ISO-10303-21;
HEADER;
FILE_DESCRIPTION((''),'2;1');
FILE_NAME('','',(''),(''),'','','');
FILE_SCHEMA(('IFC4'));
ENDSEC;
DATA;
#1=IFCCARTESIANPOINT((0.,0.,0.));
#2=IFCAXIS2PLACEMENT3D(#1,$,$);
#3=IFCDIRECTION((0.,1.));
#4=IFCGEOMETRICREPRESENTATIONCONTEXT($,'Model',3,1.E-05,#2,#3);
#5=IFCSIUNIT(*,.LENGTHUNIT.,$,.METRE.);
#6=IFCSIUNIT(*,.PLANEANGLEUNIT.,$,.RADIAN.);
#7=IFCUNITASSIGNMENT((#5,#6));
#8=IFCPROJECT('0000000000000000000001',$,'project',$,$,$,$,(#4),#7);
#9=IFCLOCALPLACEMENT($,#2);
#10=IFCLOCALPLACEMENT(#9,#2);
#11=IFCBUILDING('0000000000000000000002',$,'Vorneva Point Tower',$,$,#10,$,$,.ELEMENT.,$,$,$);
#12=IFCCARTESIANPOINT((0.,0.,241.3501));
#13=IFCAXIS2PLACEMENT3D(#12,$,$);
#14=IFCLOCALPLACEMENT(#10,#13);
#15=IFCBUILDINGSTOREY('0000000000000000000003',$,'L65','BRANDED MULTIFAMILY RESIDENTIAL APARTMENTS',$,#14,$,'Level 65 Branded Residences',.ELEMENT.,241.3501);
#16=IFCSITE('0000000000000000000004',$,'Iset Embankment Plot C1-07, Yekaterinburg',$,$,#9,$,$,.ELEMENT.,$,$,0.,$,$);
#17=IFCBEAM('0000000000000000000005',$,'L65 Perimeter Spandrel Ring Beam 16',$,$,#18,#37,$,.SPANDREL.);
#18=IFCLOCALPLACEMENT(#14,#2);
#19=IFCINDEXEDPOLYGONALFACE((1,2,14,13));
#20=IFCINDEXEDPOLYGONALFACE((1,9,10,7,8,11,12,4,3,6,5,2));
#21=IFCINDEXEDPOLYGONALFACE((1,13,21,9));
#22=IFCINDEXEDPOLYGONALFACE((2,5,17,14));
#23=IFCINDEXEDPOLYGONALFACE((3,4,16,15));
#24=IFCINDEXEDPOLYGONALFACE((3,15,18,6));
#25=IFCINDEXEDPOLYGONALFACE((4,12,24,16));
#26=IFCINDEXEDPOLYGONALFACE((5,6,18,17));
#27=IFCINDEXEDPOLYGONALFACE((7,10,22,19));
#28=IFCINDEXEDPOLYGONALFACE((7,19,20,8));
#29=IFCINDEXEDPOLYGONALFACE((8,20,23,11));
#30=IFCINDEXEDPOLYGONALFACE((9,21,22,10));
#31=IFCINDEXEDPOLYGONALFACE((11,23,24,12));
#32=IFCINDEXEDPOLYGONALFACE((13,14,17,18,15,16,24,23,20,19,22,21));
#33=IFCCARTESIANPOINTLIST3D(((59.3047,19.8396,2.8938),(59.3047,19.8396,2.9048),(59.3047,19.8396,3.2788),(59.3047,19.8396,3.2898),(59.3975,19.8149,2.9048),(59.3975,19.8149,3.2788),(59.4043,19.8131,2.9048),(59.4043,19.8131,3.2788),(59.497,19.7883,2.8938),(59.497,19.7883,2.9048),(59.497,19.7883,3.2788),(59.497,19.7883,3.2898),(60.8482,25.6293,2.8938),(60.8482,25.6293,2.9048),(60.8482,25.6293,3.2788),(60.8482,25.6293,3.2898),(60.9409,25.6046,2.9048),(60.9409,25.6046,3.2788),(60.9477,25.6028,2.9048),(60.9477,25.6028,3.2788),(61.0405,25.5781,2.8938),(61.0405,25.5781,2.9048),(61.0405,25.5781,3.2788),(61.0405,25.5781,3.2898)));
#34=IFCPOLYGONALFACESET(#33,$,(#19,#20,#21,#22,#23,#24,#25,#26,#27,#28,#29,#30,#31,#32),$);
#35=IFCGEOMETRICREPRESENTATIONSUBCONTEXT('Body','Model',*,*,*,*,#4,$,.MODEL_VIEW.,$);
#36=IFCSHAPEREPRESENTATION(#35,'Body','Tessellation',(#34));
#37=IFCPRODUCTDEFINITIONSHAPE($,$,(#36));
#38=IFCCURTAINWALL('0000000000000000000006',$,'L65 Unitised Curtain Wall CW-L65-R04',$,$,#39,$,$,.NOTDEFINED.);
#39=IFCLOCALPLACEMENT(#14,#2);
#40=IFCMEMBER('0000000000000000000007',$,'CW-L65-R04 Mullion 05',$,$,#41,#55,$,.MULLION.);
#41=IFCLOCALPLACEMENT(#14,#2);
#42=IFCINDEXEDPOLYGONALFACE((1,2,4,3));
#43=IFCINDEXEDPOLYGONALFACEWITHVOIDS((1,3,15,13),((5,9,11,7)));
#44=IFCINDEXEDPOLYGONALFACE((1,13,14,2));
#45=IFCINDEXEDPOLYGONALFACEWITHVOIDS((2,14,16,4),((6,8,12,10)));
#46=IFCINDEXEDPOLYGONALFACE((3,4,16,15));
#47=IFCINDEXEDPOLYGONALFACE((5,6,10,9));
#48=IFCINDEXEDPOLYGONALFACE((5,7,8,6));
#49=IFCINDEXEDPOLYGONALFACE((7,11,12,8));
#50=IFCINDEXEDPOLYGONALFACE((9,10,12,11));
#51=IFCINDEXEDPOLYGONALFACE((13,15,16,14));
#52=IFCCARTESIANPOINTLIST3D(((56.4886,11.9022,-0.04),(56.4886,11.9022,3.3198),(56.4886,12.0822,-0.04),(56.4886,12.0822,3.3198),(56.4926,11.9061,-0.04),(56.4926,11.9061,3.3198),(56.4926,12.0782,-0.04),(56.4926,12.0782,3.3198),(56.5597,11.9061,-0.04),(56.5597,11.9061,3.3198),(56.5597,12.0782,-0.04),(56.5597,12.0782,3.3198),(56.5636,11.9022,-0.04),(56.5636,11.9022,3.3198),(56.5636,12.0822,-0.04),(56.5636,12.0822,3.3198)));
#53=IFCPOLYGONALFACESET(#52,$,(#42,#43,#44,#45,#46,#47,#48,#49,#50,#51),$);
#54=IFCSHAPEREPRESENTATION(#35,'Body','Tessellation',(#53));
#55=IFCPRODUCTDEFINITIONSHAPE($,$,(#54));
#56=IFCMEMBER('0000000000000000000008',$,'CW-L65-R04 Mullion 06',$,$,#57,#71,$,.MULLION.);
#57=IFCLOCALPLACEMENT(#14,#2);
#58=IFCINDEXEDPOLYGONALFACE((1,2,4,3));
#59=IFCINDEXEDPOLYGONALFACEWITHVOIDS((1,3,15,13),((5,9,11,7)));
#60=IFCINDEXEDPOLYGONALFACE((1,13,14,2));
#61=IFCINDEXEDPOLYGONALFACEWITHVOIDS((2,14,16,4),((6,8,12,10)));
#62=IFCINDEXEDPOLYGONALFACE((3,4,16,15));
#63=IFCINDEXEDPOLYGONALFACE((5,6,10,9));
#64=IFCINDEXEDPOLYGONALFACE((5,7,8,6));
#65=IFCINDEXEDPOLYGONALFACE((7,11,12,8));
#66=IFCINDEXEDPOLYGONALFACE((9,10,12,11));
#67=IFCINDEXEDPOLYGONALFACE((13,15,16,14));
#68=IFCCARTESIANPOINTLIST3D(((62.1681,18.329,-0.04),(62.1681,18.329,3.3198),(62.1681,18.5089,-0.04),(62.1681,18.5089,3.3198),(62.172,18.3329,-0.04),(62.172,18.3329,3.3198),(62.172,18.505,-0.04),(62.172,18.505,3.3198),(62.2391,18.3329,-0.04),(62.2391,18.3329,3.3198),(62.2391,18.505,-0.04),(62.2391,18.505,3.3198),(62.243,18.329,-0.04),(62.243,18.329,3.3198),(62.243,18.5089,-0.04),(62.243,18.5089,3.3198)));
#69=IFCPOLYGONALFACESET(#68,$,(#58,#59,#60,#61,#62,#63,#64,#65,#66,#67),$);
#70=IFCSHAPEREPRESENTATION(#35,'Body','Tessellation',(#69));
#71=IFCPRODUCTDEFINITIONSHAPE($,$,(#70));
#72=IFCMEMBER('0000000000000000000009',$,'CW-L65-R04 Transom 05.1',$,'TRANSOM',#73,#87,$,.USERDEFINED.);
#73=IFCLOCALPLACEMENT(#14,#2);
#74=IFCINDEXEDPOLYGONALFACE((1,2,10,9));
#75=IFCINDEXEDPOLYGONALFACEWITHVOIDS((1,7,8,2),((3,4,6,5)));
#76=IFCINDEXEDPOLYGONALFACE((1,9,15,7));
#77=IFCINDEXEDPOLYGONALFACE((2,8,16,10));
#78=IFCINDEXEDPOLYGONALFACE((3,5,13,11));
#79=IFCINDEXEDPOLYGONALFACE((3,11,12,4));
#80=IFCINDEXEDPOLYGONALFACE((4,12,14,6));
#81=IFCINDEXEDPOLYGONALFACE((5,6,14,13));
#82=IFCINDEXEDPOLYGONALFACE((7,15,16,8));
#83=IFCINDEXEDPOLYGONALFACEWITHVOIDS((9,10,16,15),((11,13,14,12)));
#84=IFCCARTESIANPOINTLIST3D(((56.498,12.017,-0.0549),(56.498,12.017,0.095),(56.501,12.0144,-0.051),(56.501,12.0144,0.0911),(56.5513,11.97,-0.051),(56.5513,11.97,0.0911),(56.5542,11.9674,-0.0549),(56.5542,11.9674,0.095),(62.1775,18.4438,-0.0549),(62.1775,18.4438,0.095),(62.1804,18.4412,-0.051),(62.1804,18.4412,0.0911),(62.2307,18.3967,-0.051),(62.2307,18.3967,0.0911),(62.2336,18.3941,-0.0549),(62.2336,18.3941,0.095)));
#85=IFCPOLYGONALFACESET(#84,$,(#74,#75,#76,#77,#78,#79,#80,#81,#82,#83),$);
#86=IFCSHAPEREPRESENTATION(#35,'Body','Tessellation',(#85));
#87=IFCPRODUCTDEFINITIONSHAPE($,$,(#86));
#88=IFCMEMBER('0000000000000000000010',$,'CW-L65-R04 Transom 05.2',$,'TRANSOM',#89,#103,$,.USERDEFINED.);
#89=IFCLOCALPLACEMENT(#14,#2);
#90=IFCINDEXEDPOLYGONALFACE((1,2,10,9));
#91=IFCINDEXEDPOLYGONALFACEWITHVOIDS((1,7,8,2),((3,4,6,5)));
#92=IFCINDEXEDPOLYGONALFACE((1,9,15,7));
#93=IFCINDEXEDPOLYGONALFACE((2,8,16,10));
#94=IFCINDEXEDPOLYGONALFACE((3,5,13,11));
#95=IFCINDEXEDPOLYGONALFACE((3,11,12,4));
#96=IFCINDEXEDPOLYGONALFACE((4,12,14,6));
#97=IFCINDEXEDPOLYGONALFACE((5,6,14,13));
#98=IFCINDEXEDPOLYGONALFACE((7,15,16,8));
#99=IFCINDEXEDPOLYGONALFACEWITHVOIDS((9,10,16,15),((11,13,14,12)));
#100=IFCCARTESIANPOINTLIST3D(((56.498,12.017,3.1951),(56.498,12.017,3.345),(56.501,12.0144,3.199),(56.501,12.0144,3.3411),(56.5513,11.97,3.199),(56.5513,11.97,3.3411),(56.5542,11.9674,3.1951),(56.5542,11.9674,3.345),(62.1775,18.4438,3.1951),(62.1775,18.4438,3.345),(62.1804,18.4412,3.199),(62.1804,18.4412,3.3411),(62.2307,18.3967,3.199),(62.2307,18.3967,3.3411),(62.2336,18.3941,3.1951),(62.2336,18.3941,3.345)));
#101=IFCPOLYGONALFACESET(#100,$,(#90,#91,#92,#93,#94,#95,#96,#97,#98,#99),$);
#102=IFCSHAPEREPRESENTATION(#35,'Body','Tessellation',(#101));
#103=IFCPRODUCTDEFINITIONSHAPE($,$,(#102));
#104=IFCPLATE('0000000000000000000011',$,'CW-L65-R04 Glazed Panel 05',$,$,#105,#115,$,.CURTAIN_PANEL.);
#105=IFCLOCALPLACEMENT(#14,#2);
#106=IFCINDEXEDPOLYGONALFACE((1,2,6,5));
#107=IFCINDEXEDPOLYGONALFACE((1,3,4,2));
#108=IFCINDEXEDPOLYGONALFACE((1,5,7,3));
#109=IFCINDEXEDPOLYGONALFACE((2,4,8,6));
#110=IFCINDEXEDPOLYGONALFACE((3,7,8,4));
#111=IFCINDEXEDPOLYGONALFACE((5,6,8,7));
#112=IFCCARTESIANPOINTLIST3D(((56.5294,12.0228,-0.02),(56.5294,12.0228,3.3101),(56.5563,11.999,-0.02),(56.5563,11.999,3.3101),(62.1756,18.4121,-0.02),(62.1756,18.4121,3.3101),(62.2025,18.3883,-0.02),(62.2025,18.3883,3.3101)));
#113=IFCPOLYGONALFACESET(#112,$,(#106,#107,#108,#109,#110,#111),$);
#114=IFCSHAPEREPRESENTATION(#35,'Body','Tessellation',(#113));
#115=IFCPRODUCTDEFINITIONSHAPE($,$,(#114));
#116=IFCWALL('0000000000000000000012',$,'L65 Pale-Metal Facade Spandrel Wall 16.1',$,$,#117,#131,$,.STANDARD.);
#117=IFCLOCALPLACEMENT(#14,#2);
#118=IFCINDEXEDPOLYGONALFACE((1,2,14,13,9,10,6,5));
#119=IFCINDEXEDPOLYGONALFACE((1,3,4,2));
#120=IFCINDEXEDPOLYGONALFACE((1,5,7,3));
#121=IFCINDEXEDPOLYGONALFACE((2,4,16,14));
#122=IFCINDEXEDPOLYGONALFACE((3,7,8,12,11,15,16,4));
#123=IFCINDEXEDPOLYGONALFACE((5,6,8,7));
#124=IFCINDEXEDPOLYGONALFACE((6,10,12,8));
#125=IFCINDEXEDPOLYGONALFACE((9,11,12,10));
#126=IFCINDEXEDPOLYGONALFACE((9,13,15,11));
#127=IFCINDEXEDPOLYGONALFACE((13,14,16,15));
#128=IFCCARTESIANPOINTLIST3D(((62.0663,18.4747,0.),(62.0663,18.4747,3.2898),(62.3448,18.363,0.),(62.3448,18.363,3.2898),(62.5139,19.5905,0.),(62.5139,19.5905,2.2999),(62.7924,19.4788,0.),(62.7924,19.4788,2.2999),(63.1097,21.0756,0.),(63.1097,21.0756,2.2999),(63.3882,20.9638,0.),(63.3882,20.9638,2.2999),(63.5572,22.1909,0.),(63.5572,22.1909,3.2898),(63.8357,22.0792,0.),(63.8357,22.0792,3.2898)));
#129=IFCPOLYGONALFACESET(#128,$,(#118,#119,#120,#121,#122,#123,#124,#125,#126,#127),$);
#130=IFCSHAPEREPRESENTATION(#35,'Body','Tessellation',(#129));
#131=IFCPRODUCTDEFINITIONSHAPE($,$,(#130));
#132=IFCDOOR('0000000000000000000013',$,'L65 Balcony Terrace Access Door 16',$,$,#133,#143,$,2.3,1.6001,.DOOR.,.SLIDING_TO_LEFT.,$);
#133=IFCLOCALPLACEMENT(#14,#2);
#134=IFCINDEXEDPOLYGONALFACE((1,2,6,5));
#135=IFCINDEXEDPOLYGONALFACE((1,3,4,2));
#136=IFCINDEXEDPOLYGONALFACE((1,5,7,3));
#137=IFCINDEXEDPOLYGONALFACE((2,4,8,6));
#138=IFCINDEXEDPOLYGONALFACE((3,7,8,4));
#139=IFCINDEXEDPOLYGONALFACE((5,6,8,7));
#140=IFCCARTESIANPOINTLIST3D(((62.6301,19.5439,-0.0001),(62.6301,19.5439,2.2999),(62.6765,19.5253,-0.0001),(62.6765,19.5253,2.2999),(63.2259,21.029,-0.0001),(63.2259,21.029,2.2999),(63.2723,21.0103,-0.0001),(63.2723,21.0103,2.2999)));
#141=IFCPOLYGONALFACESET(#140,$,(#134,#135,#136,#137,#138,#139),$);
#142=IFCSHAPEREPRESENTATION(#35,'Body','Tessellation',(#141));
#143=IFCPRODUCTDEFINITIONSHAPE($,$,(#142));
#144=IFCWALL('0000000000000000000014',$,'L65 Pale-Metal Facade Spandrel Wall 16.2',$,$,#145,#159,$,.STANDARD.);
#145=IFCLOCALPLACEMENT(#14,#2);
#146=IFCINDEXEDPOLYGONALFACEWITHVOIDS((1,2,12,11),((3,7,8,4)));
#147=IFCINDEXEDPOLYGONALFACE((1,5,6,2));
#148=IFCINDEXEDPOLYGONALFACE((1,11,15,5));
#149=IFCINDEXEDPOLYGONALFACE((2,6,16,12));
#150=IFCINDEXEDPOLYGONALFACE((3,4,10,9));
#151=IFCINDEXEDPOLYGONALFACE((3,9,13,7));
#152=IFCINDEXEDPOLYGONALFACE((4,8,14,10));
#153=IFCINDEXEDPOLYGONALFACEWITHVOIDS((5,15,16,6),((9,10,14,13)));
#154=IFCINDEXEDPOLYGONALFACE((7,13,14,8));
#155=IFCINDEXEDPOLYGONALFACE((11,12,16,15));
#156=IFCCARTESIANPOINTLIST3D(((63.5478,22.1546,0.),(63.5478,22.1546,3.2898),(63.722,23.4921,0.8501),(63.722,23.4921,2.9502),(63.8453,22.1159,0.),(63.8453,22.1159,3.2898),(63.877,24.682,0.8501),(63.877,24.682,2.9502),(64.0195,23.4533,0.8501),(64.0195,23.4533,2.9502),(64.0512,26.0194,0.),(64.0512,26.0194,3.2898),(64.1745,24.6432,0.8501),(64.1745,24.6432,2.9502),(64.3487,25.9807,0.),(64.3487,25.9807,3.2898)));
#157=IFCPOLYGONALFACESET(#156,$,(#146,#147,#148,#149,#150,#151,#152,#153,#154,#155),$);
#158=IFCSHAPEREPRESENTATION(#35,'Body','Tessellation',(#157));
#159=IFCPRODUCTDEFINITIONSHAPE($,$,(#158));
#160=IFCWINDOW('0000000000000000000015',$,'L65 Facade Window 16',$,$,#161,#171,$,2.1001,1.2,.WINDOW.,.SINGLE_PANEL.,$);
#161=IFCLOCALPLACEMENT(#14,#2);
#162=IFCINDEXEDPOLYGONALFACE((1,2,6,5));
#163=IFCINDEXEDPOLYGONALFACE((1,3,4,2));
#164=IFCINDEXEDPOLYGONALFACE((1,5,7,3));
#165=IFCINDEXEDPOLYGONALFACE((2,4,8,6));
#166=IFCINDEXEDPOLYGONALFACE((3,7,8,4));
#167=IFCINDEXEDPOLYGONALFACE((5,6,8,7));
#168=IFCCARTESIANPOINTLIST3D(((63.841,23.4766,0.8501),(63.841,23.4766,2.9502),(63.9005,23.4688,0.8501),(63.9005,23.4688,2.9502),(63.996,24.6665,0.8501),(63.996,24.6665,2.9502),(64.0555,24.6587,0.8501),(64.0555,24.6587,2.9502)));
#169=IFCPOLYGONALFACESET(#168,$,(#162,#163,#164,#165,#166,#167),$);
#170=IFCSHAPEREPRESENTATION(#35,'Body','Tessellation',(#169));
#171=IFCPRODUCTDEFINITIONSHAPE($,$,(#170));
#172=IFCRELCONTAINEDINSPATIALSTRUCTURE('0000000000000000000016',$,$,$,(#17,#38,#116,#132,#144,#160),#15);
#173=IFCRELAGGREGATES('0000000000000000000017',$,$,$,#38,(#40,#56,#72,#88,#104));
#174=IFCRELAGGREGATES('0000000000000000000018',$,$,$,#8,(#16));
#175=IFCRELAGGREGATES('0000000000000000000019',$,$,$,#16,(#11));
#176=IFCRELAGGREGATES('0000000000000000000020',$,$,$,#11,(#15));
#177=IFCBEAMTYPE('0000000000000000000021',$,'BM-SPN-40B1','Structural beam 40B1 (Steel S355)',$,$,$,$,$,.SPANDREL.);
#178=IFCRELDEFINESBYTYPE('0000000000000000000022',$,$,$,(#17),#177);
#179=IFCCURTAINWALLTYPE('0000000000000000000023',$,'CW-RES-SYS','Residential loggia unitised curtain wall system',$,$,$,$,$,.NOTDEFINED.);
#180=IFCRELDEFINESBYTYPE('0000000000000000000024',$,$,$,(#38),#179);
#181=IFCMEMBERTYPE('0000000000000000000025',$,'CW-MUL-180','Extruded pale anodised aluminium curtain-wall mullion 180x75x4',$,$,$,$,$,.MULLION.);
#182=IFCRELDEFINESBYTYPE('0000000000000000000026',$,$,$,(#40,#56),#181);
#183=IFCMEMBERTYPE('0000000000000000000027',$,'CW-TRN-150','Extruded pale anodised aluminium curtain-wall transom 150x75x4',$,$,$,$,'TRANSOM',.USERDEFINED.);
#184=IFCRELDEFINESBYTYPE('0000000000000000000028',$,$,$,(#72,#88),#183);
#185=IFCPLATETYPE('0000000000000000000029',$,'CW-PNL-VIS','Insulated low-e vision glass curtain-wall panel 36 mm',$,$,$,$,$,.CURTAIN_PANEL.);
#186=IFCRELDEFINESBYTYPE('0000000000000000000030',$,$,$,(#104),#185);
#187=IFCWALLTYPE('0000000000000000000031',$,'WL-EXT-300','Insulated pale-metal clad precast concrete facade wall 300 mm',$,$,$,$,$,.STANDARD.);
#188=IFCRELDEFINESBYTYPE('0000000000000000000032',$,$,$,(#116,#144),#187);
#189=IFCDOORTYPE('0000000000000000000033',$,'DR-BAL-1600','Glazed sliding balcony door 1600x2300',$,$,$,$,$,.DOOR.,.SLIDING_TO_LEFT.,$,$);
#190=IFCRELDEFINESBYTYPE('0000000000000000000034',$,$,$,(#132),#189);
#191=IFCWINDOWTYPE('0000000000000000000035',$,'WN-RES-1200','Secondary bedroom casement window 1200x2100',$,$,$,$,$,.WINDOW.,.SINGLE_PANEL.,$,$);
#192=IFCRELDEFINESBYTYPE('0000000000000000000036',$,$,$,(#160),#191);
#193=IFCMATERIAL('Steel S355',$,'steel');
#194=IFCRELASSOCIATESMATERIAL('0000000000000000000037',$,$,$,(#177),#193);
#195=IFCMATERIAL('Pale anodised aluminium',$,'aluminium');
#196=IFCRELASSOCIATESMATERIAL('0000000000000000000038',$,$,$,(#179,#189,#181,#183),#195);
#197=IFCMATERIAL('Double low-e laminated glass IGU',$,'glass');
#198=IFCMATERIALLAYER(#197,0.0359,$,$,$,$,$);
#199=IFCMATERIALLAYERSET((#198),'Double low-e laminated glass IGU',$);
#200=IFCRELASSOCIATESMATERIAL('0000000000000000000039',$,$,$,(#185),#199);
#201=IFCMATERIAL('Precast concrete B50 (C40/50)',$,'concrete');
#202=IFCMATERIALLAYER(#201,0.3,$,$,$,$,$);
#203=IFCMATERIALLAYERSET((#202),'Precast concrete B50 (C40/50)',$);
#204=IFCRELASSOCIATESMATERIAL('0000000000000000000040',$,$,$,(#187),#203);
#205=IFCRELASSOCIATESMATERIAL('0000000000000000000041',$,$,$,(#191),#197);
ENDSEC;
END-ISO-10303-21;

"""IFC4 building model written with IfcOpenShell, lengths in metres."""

from ifc_helpers import new_model, si_unit, direction, frame, frame_2d, origin, origin_2d, place, context, subcontext, project, spatial, rectangle, hollow_rectangle, i_section, extrude, material, layer, layer_set, material_profile, profile_set, type_object, element, fill, aggregate, save


model = new_model("IFC4")

# Units and contexts
model_context = context("Model", 3, precision=1e-05, world=origin(), true_north=direction((0.0, 1.0)))
body_context = subcontext(model_context, "Body", "Model", "MODEL_VIEW")
ifc_project = project(units=[si_unit("LENGTHUNIT", "METRE"), si_unit("PLANEANGLEUNIT", "RADIAN")], contexts=[model_context])

# Site, building, storey
site_placement = place(None, origin())
site = spatial("IfcSite", under=ifc_project, at=site_placement, Name="Iset Embankment Plot C1-07, Yekaterinburg", CompositionType="ELEMENT", RefElevation=0.0)
building_placement = place(site_placement, origin())
building = spatial("IfcBuilding", under=site, at=building_placement, Name="Vorneva Point Tower", CompositionType="ELEMENT")
storey_placement = place(building_placement, frame((0.0, 0.0, 241.3501)))
storey = spatial("IfcBuildingStorey", under=building, at=storey_placement, Name="L65", Description="BRANDED MULTIFAMILY RESIDENTIAL APARTMENTS", LongName="Level 65 Branded Residences", CompositionType="ELEMENT", Elevation=241.3501)

# Beam
ifc_material_1 = material(Name="Steel S355", Category="steel")
ifc_material_profile_1 = material_profile(ifc_material_1, i_section(OverallWidth=0.199, OverallDepth=0.396, WebThickness=0.0071, FlangeThickness=0.011, at=origin_2d()), Name="40B1")
ifc_profile_set_1 = profile_set([ifc_material_profile_1], Name="Steel S355")
beam_type_1 = type_object("IfcBeamType", Name="BM-SPN-40B1", Description="Structural beam 40B1 (Steel S355)", PredefinedType="SPANDREL", material=ifc_profile_set_1)
beam_1_placement = place(storey_placement, frame((59.4009, 19.814, 3.0918), z_axis=(0.257587, 0.966255, 0.0), x_axis=(-0.966255, 0.257587, 0.0)))
element("IfcBeam", 1, at=beam_1_placement, inside=storey, type_object=beam_type_1, Name="L65 Perimeter Spandrel Ring Beam 16", PredefinedType="SPANDREL", context=body_context, shape_type="SweptSolid", body=[
    extrude(i_section(OverallWidth=0.199, OverallDepth=0.396, WebThickness=0.0071, FlangeThickness=0.011, at=origin_2d()), origin(), (0.0, 0.0, 1.0), 5.9919),
])

# Curtain wall, members, plate
ifc_material_2 = material(Name="Pale anodised aluminium", Category="aluminium")
curtain_wall_type = type_object("IfcCurtainWallType", Name="CW-RES-SYS", Description="Residential loggia unitised curtain wall system", PredefinedType="NOTDEFINED", material=ifc_material_2)
curtain_wall_placement = place(storey_placement, origin())
curtain_wall = element("IfcCurtainWall", 2, at=curtain_wall_placement, inside=storey, type_object=curtain_wall_type, Name="L65 Unitised Curtain Wall CW-L65-R04", PredefinedType="NOTDEFINED")
ifc_material_profile_2 = material_profile(ifc_material_2, hollow_rectangle(XDim=0.075, YDim=0.1799, WallThickness=0.0039, at=origin_2d()), Name="AL-MUL 180x75x4")
ifc_profile_set_2 = profile_set([ifc_material_profile_2], Name="Pale anodised aluminium")
member_type_1 = type_object("IfcMemberType", Name="CW-MUL-180", Description="Extruded pale anodised aluminium curtain-wall mullion 180x75x4", PredefinedType="MULLION", material=ifc_profile_set_2)
member_1_placement = place(storey_placement, frame((56.5261, 11.9922, -0.04), z_axis=(0.0, 0.0, 1.0), x_axis=(1.0, 0.0, 0.0)))
member_1 = element("IfcMember", 3, at=member_1_placement, type_object=member_type_1, Name="CW-L65-R04 Mullion 05", PredefinedType="MULLION", context=body_context, shape_type="SweptSolid", body=[
    extrude(hollow_rectangle(XDim=0.075, YDim=0.1799, WallThickness=0.0039, at=origin_2d()), origin(), (0.0, 0.0, 1.0), 3.3599),
])
member_2_placement = place(storey_placement, frame((62.2056, 18.4189, -0.04), z_axis=(0.0, 0.0, 1.0), x_axis=(1.0, 0.0, 0.0)))
member_2 = element("IfcMember", 4, at=member_2_placement, type_object=member_type_1, Name="CW-L65-R04 Mullion 06", PredefinedType="MULLION", context=body_context, shape_type="SweptSolid", body=[
    extrude(hollow_rectangle(XDim=0.075, YDim=0.1799, WallThickness=0.0039, at=origin_2d()), origin(), (0.0, 0.0, 1.0), 3.3599),
])
ifc_material_profile_3 = material_profile(ifc_material_2, hollow_rectangle(XDim=0.075, YDim=0.1499, WallThickness=0.0039, at=origin_2d()), Name="AL-TRN 150x75x4")
ifc_profile_set_3 = profile_set([ifc_material_profile_3], Name="Pale anodised aluminium")
member_type_2 = type_object("IfcMemberType", Name="CW-TRN-150", Description="Extruded pale anodised aluminium curtain-wall transom 150x75x4", ElementType="TRANSOM", PredefinedType="USERDEFINED", material=ifc_profile_set_3)
member_3_placement = place(storey_placement, frame((56.5261, 11.9922, 0.02), z_axis=(0.662197, 0.74933, 0.0), x_axis=(-0.74933, 0.662197, 0.0)))
member_3 = element("IfcMember", 5, at=member_3_placement, type_object=member_type_2, Name="CW-L65-R04 Transom 05.1", ObjectType="TRANSOM", PredefinedType="USERDEFINED", context=body_context, shape_type="SweptSolid", body=[
    extrude(hollow_rectangle(XDim=0.075, YDim=0.1499, WallThickness=0.0039, at=origin_2d()), origin(), (0.0, 0.0, 1.0), 8.5767),
])
member_4_placement = place(storey_placement, frame((56.5261, 11.9922, 3.27), z_axis=(0.662197, 0.74933, 0.0), x_axis=(-0.74933, 0.662197, 0.0)))
member_4 = element("IfcMember", 6, at=member_4_placement, type_object=member_type_2, Name="CW-L65-R04 Transom 05.2", ObjectType="TRANSOM", PredefinedType="USERDEFINED", context=body_context, shape_type="SweptSolid", body=[
    extrude(hollow_rectangle(XDim=0.075, YDim=0.1499, WallThickness=0.0039, at=origin_2d()), origin(), (0.0, 0.0, 1.0), 8.5767),
])
ifc_material_3 = material(Name="Double low-e laminated glass IGU", Category="glass")
ifc_layer_1 = layer(ifc_material_3, 0.0359)
ifc_layer_set_1 = layer_set([ifc_layer_1], Name="Double low-e laminated glass IGU")
plate_type = type_object("IfcPlateType", Name="CW-PNL-VIS", Description="Insulated low-e vision glass curtain-wall panel 36 mm", PredefinedType="CURTAIN_PANEL", material=ifc_layer_set_1)
plate_placement = place(storey_placement, frame((59.366, 15.2056, -0.02), z_axis=(0.0, 0.0, 1.0), x_axis=(0.662189, 0.749337, 0.0)))
plate = element("IfcPlate", 7, at=plate_placement, type_object=plate_type, Name="CW-L65-R04 Glazed Panel 05", PredefinedType="CURTAIN_PANEL", context=body_context, shape_type="SweptSolid", body=[
    extrude(rectangle(XDim=8.5266, YDim=0.0359, at=origin_2d()), origin(), (0.0, 0.0, 1.0), 3.3301),
])
aggregate(curtain_wall, [member_1, member_2, member_3, member_4, plate])

# Wall, opening, door
ifc_material_4 = material(Name="Precast concrete B50 (C40/50)", Category="concrete")
ifc_layer_2 = layer(ifc_material_4, 0.3)
ifc_layer_set_2 = layer_set([ifc_layer_2], Name="Precast concrete B50 (C40/50)")
wall_type_1 = type_object("IfcWallType", Name="WL-EXT-300", Description="Insulated pale-metal clad precast concrete facade wall 300 mm", PredefinedType="STANDARD", material=ifc_layer_set_2)
wall_1_placement = place(storey_placement, frame((62.2056, 18.4189, 0.0), z_axis=(0.0, 0.0, 1.0), x_axis=(0.372347, 0.928094, 0.0)))
wall_1 = element("IfcWall", 8, at=wall_1_placement, inside=storey, type_object=wall_type_1, Name="L65 Pale-Metal Facade Spandrel Wall 16.1", PredefinedType="STANDARD", context=body_context, shape_type="SweptSolid", body=[
    extrude(rectangle(XDim=4.0042, YDim=0.3, at=frame_2d((2.002, 0.0))), origin(), (0.0, 0.0, 1.0), 3.2898),
])
opening_1_placement = place(wall_1_placement, frame((1.2021, 0.0, 0.0)))
opening_1 = element("IfcOpeningElement", 9, at=opening_1_placement, cuts=wall_1, PredefinedType="OPENING", context=body_context, shape_type="SweptSolid", body=[
    extrude(rectangle(XDim=1.6001, YDim=2.3, at=frame_2d((0.8, 1.1499))), frame((0.0, 0.165, 0.0), z_axis=(0.0, -1.0, 0.0), x_axis=(1.0, 0.0, 0.0)), (0.0, 0.0, 1.0), 0.3298),
])
door_type = type_object("IfcDoorType", Name="DR-BAL-1600", Description="Glazed sliding balcony door 1600x2300", OperationType="SLIDING_TO_LEFT", PredefinedType="DOOR", material=ifc_material_2)
door_placement = place(opening_1_placement, origin())
door = element("IfcDoor", 10, at=door_placement, inside=storey, type_object=door_type, Name="L65 Balcony Terrace Access Door 16", OperationType="SLIDING_TO_LEFT", OverallHeight=2.3, OverallWidth=1.6001, PredefinedType="DOOR", context=body_context, shape_type="SweptSolid", body=[
    extrude(rectangle(XDim=1.6001, YDim=2.3, at=frame_2d((0.8, 1.1499))), frame((0.0, 0.0249, 0.0), z_axis=(0.0, -1.0, 0.0), x_axis=(1.0, 0.0, 0.0)), (0.0, 0.0, 1.0), 0.05),
])
fill(opening_1, door)

# Wall, opening, window
wall_2_placement = place(storey_placement, frame((63.6965, 22.1353, 0.0), z_axis=(0.0, 0.0, 1.0), x_axis=(0.129168, 0.991623, 0.0)))
wall_2 = element("IfcWall", 11, at=wall_2_placement, inside=storey, type_object=wall_type_1, Name="L65 Pale-Metal Facade Spandrel Wall 16.2", PredefinedType="STANDARD", context=body_context, shape_type="SweptSolid", body=[
    extrude(rectangle(XDim=3.8975, YDim=0.3, at=frame_2d((1.9487, 0.0))), origin(), (0.0, 0.0, 1.0), 3.2898),
])
opening_2_placement = place(wall_2_placement, frame((1.3486, 0.0, 0.8501)))
opening_2 = element("IfcOpeningElement", 12, at=opening_2_placement, cuts=wall_2, PredefinedType="OPENING", context=body_context, shape_type="SweptSolid", body=[
    extrude(rectangle(XDim=1.2, YDim=2.1001, at=frame_2d((0.6001, 1.05))), frame((0.0, 0.165, 0.0), z_axis=(0.0, -1.0, 0.0), x_axis=(1.0, 0.0, 0.0)), (0.0, 0.0, 1.0), 0.3298),
])
window_type = type_object("IfcWindowType", Name="WN-RES-1200", Description="Secondary bedroom casement window 1200x2100", PartitioningType="SINGLE_PANEL", PredefinedType="WINDOW", material=ifc_material_3)
window_placement = place(opening_2_placement, origin())
window = element("IfcWindow", 13, at=window_placement, inside=storey, type_object=window_type, Name="L65 Facade Window 16", OverallHeight=2.1001, OverallWidth=1.2, PartitioningType="SINGLE_PANEL", PredefinedType="WINDOW", context=body_context, shape_type="SweptSolid", body=[
    extrude(rectangle(XDim=1.2, YDim=2.1001, at=frame_2d((0.6001, 1.05))), frame((0.0, 0.03, 0.0), z_axis=(0.0, -1.0, 0.0), x_axis=(1.0, 0.0, 0.0)), (0.0, 0.0, 1.0), 0.0601),
])
fill(opening_2, window)

save(model, "model.ifc")
